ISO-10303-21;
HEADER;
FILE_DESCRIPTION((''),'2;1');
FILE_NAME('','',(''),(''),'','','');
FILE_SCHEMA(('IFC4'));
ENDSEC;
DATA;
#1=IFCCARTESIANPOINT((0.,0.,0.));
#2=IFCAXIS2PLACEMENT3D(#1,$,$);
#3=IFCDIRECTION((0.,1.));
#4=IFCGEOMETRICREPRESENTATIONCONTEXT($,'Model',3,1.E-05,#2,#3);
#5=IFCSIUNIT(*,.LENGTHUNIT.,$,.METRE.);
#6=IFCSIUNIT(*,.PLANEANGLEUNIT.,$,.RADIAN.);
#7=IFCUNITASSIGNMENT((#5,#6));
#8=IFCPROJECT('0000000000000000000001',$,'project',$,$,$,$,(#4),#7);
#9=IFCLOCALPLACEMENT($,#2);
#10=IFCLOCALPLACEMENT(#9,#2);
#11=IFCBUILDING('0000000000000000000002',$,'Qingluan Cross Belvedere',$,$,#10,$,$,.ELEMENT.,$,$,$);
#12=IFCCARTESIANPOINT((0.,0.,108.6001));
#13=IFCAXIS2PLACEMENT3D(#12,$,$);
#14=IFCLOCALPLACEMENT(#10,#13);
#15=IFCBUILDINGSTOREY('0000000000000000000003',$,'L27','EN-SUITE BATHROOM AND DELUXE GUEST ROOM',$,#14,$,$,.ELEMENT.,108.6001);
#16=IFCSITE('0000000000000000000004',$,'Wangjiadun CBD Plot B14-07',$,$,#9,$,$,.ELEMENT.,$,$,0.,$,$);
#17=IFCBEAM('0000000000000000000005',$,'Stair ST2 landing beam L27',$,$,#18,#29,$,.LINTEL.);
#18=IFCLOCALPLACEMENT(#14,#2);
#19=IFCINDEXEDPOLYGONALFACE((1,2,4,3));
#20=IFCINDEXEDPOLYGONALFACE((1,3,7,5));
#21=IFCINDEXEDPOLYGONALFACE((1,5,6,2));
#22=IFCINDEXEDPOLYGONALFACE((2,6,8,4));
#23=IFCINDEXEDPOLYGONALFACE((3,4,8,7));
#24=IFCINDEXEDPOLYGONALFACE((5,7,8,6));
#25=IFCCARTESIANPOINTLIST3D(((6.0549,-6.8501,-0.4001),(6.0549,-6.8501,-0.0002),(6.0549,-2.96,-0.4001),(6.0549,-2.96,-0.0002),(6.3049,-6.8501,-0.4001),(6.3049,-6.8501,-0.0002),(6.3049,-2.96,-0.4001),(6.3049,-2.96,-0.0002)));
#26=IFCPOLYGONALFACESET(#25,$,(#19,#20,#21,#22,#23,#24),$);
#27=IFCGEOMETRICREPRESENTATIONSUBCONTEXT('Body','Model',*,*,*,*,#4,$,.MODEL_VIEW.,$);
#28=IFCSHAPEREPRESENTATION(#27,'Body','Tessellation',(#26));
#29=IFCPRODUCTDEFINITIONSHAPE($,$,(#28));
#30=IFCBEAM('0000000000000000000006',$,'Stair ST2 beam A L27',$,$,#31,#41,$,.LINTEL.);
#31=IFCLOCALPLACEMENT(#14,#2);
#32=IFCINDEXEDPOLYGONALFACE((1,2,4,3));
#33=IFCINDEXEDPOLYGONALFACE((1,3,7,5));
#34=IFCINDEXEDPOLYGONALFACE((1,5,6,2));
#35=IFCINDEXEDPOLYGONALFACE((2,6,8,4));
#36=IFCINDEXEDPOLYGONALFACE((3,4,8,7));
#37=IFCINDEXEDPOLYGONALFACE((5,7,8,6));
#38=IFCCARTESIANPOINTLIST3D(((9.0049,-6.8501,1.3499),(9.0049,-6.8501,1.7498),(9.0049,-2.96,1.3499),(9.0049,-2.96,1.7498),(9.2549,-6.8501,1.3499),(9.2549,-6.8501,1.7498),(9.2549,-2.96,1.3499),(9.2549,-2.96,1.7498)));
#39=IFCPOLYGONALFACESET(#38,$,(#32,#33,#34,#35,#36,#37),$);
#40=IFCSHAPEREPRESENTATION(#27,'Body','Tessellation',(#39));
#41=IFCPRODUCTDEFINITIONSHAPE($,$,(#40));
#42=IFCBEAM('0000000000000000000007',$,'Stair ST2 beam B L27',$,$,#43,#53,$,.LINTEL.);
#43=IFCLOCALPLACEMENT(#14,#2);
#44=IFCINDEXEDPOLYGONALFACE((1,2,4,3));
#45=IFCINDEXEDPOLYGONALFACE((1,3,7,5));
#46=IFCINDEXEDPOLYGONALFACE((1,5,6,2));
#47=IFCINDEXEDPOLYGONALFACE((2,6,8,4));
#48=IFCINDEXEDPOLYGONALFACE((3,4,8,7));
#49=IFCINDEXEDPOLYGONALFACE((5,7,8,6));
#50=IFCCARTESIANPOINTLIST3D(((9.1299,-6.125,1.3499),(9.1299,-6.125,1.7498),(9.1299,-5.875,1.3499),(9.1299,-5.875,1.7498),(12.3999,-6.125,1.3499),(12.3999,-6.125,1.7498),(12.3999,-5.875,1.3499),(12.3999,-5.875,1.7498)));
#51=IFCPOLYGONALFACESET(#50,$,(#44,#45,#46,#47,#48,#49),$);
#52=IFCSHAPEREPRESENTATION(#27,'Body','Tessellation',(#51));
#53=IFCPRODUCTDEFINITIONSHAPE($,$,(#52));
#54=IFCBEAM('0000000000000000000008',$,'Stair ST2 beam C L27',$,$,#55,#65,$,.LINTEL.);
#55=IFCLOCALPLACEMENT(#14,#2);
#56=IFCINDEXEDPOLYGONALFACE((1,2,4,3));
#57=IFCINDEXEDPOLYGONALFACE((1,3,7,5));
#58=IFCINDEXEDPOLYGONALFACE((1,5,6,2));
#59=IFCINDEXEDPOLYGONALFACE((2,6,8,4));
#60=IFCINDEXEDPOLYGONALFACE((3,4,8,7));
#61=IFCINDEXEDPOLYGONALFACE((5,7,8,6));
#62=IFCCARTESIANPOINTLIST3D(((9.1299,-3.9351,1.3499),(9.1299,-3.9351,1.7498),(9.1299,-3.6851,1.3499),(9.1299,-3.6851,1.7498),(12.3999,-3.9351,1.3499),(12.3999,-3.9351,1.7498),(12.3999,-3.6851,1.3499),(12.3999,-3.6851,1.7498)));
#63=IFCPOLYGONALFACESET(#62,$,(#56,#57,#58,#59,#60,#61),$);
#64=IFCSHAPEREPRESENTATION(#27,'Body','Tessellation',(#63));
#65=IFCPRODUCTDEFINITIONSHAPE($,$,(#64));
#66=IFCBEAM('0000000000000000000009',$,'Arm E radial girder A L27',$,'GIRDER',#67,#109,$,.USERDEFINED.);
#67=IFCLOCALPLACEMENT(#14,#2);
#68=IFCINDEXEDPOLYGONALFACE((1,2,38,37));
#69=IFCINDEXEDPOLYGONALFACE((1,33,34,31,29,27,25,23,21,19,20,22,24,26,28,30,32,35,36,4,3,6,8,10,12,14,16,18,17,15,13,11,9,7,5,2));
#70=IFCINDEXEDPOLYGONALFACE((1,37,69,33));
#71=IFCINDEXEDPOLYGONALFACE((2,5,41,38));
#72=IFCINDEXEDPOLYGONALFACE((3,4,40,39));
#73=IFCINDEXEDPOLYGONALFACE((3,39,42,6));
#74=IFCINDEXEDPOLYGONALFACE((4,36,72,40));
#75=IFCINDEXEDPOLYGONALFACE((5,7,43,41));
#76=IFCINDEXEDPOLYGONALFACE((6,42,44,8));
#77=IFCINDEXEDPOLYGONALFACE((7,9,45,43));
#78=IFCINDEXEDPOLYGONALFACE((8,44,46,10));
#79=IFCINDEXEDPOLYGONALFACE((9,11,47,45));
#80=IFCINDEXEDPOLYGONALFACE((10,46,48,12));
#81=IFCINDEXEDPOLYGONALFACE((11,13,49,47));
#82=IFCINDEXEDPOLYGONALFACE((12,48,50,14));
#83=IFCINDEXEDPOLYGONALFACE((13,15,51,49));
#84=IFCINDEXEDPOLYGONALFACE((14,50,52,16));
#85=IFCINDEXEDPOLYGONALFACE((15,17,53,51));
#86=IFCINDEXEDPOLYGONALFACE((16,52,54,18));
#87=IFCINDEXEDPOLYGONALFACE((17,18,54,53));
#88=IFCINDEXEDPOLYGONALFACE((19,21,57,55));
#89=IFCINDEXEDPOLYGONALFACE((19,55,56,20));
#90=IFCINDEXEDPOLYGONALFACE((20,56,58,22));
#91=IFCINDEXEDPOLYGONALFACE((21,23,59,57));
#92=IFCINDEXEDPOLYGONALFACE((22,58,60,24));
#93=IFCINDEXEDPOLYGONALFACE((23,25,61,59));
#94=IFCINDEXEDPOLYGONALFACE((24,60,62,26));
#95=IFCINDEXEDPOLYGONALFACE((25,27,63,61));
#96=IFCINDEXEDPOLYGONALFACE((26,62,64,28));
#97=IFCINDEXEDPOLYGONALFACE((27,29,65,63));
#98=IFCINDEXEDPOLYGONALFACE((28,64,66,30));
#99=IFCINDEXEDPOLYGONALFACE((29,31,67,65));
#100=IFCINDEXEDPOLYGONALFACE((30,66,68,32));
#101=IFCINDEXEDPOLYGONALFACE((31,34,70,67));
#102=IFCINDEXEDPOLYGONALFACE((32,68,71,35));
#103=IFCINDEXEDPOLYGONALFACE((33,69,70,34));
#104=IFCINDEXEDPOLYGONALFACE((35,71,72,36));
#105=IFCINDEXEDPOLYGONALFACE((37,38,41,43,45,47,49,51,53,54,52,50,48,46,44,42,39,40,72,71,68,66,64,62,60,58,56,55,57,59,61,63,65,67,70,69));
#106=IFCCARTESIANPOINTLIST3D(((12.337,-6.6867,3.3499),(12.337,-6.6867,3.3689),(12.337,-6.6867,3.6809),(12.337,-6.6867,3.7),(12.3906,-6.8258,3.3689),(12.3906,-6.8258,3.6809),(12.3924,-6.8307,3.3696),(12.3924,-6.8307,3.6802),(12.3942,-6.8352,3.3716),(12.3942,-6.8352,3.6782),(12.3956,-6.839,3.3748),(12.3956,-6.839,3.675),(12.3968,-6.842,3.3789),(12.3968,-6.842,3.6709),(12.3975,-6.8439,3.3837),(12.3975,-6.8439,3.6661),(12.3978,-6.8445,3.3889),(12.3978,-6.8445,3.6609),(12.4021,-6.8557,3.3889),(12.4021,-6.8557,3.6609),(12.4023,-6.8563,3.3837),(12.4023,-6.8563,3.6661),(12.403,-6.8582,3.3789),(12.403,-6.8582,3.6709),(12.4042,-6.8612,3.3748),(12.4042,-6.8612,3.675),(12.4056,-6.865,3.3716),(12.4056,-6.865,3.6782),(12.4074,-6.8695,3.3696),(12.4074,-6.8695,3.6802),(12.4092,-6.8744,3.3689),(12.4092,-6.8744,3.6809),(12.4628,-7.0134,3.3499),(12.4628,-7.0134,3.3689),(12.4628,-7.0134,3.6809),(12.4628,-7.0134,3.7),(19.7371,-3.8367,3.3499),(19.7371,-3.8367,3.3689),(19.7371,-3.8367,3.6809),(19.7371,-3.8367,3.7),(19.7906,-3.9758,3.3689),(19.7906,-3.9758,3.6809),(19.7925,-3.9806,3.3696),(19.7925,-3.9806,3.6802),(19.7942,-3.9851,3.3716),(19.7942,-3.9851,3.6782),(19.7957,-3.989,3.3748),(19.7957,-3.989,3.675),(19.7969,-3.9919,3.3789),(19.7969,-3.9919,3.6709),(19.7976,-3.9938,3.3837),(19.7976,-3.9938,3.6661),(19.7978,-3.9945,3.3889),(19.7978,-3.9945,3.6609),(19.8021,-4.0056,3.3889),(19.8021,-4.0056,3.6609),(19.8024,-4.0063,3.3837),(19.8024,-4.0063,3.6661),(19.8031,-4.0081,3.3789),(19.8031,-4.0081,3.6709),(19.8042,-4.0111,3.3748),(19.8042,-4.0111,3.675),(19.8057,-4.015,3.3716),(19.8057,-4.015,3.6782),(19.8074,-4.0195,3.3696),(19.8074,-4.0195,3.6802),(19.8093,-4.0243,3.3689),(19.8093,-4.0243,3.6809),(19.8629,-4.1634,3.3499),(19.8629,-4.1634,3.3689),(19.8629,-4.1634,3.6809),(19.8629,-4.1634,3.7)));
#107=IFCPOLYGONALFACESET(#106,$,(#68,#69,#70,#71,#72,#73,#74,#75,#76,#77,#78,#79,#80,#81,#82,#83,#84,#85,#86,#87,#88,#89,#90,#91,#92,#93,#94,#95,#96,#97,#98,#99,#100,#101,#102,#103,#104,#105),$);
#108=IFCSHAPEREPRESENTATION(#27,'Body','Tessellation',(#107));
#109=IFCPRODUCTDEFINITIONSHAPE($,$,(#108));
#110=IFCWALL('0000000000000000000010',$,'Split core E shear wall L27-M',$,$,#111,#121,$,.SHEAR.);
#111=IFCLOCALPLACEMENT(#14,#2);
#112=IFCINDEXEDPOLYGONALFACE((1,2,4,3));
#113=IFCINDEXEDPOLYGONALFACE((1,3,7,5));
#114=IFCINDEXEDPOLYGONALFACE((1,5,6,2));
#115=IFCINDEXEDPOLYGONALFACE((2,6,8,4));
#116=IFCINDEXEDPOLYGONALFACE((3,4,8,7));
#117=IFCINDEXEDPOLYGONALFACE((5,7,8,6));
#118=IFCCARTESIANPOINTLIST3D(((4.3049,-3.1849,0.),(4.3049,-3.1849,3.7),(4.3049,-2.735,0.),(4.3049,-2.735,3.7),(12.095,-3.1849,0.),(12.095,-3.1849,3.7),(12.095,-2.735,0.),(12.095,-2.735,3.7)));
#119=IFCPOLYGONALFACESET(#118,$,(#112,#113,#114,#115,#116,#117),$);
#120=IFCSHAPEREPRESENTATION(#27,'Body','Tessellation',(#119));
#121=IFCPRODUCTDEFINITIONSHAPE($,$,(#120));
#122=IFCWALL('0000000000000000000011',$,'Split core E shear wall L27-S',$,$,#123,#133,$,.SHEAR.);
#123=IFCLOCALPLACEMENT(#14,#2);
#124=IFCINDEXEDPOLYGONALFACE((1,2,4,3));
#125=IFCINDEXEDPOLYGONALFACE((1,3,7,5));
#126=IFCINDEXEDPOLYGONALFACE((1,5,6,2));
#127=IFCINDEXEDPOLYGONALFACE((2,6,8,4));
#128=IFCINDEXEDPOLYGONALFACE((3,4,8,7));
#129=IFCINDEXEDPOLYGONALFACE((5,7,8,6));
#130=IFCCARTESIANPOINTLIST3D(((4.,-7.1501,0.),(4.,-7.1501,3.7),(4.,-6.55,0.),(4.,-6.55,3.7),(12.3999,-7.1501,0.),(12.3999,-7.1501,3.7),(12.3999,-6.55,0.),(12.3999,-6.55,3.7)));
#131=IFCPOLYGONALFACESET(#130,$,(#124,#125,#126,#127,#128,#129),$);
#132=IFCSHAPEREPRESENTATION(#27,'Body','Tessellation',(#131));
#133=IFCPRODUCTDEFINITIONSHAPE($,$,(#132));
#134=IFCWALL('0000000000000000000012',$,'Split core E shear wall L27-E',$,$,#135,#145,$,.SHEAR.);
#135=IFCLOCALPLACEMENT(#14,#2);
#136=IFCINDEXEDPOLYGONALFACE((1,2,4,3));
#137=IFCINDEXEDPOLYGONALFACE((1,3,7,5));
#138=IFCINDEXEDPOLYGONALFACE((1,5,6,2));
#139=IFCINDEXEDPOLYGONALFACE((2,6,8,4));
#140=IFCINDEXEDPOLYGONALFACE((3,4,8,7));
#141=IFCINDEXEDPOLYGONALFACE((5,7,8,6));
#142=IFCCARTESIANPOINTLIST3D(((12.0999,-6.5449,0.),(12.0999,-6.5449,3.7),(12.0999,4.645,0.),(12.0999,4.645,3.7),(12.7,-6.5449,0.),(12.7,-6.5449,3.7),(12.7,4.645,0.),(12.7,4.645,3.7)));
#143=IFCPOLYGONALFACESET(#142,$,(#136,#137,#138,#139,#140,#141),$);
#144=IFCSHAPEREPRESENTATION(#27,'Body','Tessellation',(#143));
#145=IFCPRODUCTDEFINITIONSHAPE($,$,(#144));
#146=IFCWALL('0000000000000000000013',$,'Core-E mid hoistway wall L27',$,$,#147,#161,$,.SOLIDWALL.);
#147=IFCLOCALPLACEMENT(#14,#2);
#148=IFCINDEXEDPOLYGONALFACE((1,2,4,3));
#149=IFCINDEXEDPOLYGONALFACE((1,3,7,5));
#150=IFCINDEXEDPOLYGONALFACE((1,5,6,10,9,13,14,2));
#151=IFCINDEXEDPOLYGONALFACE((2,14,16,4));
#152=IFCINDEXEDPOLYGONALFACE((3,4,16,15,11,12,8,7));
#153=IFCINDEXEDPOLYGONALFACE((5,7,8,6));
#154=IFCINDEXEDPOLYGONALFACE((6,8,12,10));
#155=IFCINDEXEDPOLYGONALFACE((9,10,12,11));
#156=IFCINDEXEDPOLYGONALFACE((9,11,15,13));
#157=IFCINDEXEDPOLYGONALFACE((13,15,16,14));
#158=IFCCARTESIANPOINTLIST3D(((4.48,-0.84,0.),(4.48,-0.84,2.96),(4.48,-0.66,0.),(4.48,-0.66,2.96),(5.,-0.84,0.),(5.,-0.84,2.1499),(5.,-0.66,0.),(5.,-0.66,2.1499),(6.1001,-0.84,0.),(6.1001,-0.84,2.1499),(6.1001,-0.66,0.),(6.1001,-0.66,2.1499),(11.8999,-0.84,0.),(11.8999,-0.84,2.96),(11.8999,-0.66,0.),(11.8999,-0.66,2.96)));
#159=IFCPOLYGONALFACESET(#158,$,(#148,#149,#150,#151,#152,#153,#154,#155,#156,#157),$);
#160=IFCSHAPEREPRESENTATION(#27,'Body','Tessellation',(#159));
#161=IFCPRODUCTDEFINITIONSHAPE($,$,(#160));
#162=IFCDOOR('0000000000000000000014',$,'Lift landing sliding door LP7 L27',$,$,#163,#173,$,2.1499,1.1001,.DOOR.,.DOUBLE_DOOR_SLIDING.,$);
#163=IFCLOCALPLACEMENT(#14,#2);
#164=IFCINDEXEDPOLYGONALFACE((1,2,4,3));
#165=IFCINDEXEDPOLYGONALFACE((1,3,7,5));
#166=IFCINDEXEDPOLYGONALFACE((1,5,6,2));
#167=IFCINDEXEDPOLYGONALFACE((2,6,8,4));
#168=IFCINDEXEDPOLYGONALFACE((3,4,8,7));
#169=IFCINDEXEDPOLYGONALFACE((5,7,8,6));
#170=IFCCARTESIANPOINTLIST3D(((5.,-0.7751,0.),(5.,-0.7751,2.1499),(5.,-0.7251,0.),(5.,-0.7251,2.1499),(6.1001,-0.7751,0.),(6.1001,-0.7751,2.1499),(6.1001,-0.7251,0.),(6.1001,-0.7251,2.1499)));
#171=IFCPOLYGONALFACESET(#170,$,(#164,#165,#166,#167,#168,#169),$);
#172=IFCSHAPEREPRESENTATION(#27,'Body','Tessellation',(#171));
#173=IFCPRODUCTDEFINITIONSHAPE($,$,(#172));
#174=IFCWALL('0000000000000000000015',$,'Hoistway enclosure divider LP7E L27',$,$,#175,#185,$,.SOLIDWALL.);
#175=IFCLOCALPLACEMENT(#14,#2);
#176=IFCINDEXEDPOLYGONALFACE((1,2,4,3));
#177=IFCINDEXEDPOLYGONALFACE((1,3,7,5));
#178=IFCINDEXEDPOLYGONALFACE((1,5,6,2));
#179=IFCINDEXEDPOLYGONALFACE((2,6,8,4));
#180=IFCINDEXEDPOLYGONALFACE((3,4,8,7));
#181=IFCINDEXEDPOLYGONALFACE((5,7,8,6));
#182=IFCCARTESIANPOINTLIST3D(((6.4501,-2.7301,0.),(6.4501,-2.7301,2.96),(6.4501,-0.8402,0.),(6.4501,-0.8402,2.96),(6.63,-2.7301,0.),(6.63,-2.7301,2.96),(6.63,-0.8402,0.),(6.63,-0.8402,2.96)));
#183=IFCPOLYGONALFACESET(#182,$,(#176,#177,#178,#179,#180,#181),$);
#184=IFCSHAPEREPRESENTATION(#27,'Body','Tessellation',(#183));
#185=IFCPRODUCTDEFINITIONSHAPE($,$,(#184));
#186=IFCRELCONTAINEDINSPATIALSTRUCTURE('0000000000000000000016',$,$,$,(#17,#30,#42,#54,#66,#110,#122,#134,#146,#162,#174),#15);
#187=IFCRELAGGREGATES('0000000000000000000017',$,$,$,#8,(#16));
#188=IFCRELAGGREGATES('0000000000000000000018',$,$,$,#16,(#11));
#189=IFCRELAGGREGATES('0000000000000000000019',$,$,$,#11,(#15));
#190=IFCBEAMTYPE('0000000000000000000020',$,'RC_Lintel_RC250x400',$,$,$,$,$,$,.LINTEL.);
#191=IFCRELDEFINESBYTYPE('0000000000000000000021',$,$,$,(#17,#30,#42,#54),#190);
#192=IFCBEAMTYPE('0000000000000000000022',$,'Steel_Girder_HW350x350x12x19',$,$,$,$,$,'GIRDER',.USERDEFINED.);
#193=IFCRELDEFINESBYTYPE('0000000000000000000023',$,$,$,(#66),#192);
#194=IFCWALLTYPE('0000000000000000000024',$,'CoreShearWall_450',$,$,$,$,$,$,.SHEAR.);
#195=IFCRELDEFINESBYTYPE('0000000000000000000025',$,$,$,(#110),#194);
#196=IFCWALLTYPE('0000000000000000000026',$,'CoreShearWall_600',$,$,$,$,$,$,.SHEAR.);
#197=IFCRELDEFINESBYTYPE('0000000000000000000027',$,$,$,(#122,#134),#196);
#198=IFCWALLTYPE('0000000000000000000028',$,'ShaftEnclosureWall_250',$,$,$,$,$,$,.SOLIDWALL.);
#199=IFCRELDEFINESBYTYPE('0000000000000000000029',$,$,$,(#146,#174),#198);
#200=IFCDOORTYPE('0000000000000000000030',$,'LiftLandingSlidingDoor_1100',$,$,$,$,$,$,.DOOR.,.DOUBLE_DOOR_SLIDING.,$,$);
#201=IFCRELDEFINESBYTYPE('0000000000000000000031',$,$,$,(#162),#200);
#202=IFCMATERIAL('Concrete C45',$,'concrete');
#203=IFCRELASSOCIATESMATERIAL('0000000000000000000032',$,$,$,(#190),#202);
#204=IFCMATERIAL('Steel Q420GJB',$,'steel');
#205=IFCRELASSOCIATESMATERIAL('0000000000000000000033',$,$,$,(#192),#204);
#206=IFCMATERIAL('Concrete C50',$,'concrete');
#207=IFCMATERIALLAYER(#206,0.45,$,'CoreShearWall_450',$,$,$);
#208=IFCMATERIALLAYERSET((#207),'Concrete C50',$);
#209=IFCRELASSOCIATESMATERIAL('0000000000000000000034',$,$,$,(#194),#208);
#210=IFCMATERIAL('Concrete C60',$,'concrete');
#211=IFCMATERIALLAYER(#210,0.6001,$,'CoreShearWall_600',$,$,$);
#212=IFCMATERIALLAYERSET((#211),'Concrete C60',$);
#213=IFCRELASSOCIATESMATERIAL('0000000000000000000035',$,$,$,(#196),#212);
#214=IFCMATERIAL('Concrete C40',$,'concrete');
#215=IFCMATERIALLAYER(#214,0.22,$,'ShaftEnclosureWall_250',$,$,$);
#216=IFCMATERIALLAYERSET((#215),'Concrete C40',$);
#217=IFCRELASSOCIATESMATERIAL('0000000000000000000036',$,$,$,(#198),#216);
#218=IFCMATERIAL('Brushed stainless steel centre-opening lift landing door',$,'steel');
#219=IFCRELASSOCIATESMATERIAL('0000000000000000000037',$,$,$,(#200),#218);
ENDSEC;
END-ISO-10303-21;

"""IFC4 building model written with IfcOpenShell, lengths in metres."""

from ifc_helpers import new_model, si_unit, direction, frame, frame_2d, origin, origin_2d, place, context, subcontext, project, spatial, rectangle, i_section, extrude, material, layer, layer_set, material_profile, profile_set, type_object, element, fill, save


model = new_model("IFC4")

# Units and contexts
model_context = context("Model", 3, precision=1e-05, world=origin(), true_north=direction((0.0, 1.0)))
body_context = subcontext(model_context, "Body", "Model", "MODEL_VIEW")
ifc_project = project(units=[si_unit("LENGTHUNIT", "METRE"), si_unit("PLANEANGLEUNIT", "RADIAN")], contexts=[model_context])

# Site, building, storey
site_placement = place(None, origin())
site = spatial("IfcSite", under=ifc_project, at=site_placement, Name="Wangjiadun CBD Plot B14-07", CompositionType="ELEMENT", RefElevation=0.0)
building_placement = place(site_placement, origin())
building = spatial("IfcBuilding", under=site, at=building_placement, Name="Qingluan Cross Belvedere", CompositionType="ELEMENT")
storey_placement = place(building_placement, frame((0.0, 0.0, 108.6001)))
storey = spatial("IfcBuildingStorey", under=building, at=storey_placement, Name="L27", Description="EN-SUITE BATHROOM AND DELUXE GUEST ROOM", CompositionType="ELEMENT", Elevation=108.6001)

# Beams
ifc_material_1 = material(Name="Concrete C45", Category="concrete")
ifc_material_profile_1 = material_profile(ifc_material_1, rectangle(XDim=0.25, YDim=0.3999, at=origin_2d()), Name="RC250x400")
ifc_profile_set_1 = profile_set([ifc_material_profile_1], Name="Concrete C45")
beam_type_1 = type_object("IfcBeamType", Name="RC_Lintel_RC250x400", PredefinedType="LINTEL", material=ifc_profile_set_1)
for number, where, z_axis, x_axis, name in (
    (1, (6.1799, -6.8501, -0.2002), (0.0, 1.0, 0.0), (-1.0, 0.0, 0.0), "Stair ST2 landing beam L27"),
    (2, (9.1299, -6.8501, 1.5498), (0.0, 1.0, 0.0), (-1.0, 0.0, 0.0), "Stair ST2 beam A L27"),
):
    element("IfcBeam", number, at=place(storey_placement, frame(where, z_axis=z_axis, x_axis=x_axis)), inside=storey, type_object=beam_type_1, Name=name, PredefinedType="LINTEL", context=body_context, shape_type="SweptSolid", body=[
        extrude(rectangle(XDim=0.25, YDim=0.3999, at=origin_2d()), origin(), (0.0, 0.0, 1.0), 3.8901),
    ])
for number, where, z_axis, x_axis, name in (
    (3, (12.3999, -6.0, 1.5498), (-1.0, 0.0, 0.0), (0.0, -1.0, 0.0), "Stair ST2 beam B L27"),
    (4, (12.3999, -3.8101, 1.5498), (-1.0, 0.0, 0.0), (0.0, -1.0, 0.0), "Stair ST2 beam C L27"),
):
    element("IfcBeam", number, at=place(storey_placement, frame(where, z_axis=z_axis, x_axis=x_axis)), inside=storey, type_object=beam_type_1, Name=name, PredefinedType="LINTEL", context=body_context, shape_type="SweptSolid", body=[
        extrude(rectangle(XDim=0.25, YDim=0.3999, at=origin_2d()), origin(), (0.0, 0.0, 1.0), 3.27),
    ])
ifc_material_2 = material(Name="Steel Q420GJB", Category="steel")
ifc_material_profile_2 = material_profile(ifc_material_2, i_section(OverallWidth=0.3501, OverallDepth=0.3501, WebThickness=0.012, FlangeThickness=0.019, FilletRadius=0.02, at=origin_2d()), Name="HW350x350x12x19")
ifc_profile_set_2 = profile_set([ifc_material_profile_2], Name="Steel Q420GJB")
beam_type_2 = type_object("IfcBeamType", Name="Steel_Girder_HW350x350x12x19", ElementType="GIRDER", PredefinedType="USERDEFINED", material=ifc_profile_set_2)
beam_placement = place(storey_placement, frame((12.3999, -6.8501, 3.5249), z_axis=(0.933181, 0.359406, 0.0), x_axis=(-0.359406, 0.933181, 0.0)))
element("IfcBeam", 5, at=beam_placement, inside=storey, type_object=beam_type_2, Name="Arm E radial girder A L27", ObjectType="GIRDER", PredefinedType="USERDEFINED", context=body_context, shape_type="SweptSolid", body=[
    extrude(i_section(OverallWidth=0.3501, OverallDepth=0.3501, WebThickness=0.012, FlangeThickness=0.019, FilletRadius=0.02, at=origin_2d()), origin(), (0.0, 0.0, 1.0), 7.9299),
])

# Walls
ifc_material_3 = material(Name="Concrete C50", Category="concrete")
ifc_layer_1 = layer(ifc_material_3, 0.45, Name="CoreShearWall_450")
ifc_layer_set_1 = layer_set([ifc_layer_1], Name="Concrete C50")
wall_type_1 = type_object("IfcWallType", Name="CoreShearWall_450", PredefinedType="SHEAR", material=ifc_layer_set_1)
wall_1_placement = place(storey_placement, frame((4.3049, -2.96, 0.0), z_axis=(0.0, 0.0, 1.0), x_axis=(1.0, 0.0, 0.0)))
element("IfcWall", 6, at=wall_1_placement, inside=storey, type_object=wall_type_1, Name="Split core E shear wall L27-M", PredefinedType="SHEAR", context=body_context, shape_type="SweptSolid", body=[
    extrude(rectangle(XDim=7.79, YDim=0.45, at=frame_2d((3.895, 0.0))), origin(), (0.0, 0.0, 1.0), 3.7),
])
ifc_material_4 = material(Name="Concrete C60", Category="concrete")
ifc_layer_2 = layer(ifc_material_4, 0.6001, Name="CoreShearWall_600")
ifc_layer_set_2 = layer_set([ifc_layer_2], Name="Concrete C60")
wall_type_2 = type_object("IfcWallType", Name="CoreShearWall_600", PredefinedType="SHEAR", material=ifc_layer_set_2)
wall_2_placement = place(storey_placement, frame((4.0, -6.8501, 0.0), z_axis=(0.0, 0.0, 1.0), x_axis=(1.0, 0.0, 0.0)))
element("IfcWall", 7, at=wall_2_placement, inside=storey, type_object=wall_type_2, Name="Split core E shear wall L27-S", PredefinedType="SHEAR", context=body_context, shape_type="SweptSolid", body=[
    extrude(rectangle(XDim=8.3999, YDim=0.6001, at=frame_2d((4.2, 0.0))), origin(), (0.0, 0.0, 1.0), 3.7),
])

# Wall
wall_3_placement = place(storey_placement, frame((12.3999, -6.5449, 0.0), z_axis=(0.0, 0.0, 1.0), x_axis=(0.0, 1.0, 0.0)))
element("IfcWall", 8, at=wall_3_placement, inside=storey, type_object=wall_type_2, Name="Split core E shear wall L27-E", PredefinedType="SHEAR", context=body_context, shape_type="SweptSolid", body=[
    extrude(rectangle(XDim=11.1899, YDim=0.6001, at=frame_2d((5.595, 0.0))), origin(), (0.0, 0.0, 1.0), 3.7),
])

# Wall, opening, door
ifc_material_5 = material(Name="Concrete C40", Category="concrete")
ifc_layer_3 = layer(ifc_material_5, 0.22, Name="ShaftEnclosureWall_250")
ifc_layer_set_3 = layer_set([ifc_layer_3], Name="Concrete C40")
wall_type_3 = type_object("IfcWallType", Name="ShaftEnclosureWall_250", PredefinedType="SOLIDWALL", material=ifc_layer_set_3)
wall_4_placement = place(storey_placement, frame((4.48, -0.75, 0.0), z_axis=(0.0, 0.0, 1.0), x_axis=(1.0, 0.0, 0.0)))
wall_4 = element("IfcWall", 9, at=wall_4_placement, inside=storey, type_object=wall_type_3, Name="Core-E mid hoistway wall L27", PredefinedType="SOLIDWALL", context=body_context, shape_type="SweptSolid", body=[
    extrude(rectangle(XDim=7.4199, YDim=0.1799, at=frame_2d((3.71, 0.0))), origin(), (0.0, 0.0, 1.0), 2.96),
])
opening_1_placement = place(wall_4_placement, frame((0.52, 0.0, 0.0)))
opening_1 = element("IfcOpeningElement", 10, at=opening_1_placement, cuts=wall_4, PredefinedType="OPENING", context=body_context, shape_type="SweptSolid", body=[
    extrude(rectangle(XDim=1.1001, YDim=2.1499, at=frame_2d((0.55, 1.075))), frame((0.0, 0.0999, 0.0), z_axis=(0.0, -1.0, 0.0), x_axis=(1.0, 0.0, 0.0)), (0.0, 0.0, 1.0), 0.2),
])
ifc_material_6 = material(Name="Brushed stainless steel centre-opening lift landing door", Category="steel")
door_type_1 = type_object("IfcDoorType", Name="LiftLandingSlidingDoor_1100", OperationType="DOUBLE_DOOR_SLIDING", PredefinedType="DOOR", material=ifc_material_6)
door_1_placement = place(opening_1_placement, origin())
door_1 = element("IfcDoor", 11, at=door_1_placement, inside=storey, type_object=door_type_1, Name="Lift landing sliding door LP7 L27", OperationType="DOUBLE_DOOR_SLIDING", OverallHeight=2.1499, OverallWidth=1.1001, PredefinedType="DOOR", context=body_context, shape_type="SweptSolid", body=[
    extrude(rectangle(XDim=1.1001, YDim=2.1499, at=frame_2d((0.55, 1.075))), frame((0.0, 0.0249, 0.0), z_axis=(0.0, -1.0, 0.0), x_axis=(1.0, 0.0, 0.0)), (0.0, 0.0, 1.0), 0.05),
])
fill(opening_1, door_1)

# Wall
for number, where, z_axis, x_axis, name in (
    (12, (6.54, -2.73, 0.0), (0.0, 0.0, 1.0), (0.0, 1.0, 0.0), "Hoistway enclosure divider LP7E L27"),
):
    element("IfcWall", number, at=place(storey_placement, frame(where, z_axis=z_axis, x_axis=x_axis)), inside=storey, type_object=wall_type_3, Name=name, PredefinedType="SOLIDWALL", context=body_context, shape_type="SweptSolid", body=[
        extrude(rectangle(XDim=1.8899, YDim=0.1799, at=frame_2d((0.9448, 0.0))), origin(), (0.0, 0.0, 1.0), 2.96),
    ])

save(model, "model.ifc")
